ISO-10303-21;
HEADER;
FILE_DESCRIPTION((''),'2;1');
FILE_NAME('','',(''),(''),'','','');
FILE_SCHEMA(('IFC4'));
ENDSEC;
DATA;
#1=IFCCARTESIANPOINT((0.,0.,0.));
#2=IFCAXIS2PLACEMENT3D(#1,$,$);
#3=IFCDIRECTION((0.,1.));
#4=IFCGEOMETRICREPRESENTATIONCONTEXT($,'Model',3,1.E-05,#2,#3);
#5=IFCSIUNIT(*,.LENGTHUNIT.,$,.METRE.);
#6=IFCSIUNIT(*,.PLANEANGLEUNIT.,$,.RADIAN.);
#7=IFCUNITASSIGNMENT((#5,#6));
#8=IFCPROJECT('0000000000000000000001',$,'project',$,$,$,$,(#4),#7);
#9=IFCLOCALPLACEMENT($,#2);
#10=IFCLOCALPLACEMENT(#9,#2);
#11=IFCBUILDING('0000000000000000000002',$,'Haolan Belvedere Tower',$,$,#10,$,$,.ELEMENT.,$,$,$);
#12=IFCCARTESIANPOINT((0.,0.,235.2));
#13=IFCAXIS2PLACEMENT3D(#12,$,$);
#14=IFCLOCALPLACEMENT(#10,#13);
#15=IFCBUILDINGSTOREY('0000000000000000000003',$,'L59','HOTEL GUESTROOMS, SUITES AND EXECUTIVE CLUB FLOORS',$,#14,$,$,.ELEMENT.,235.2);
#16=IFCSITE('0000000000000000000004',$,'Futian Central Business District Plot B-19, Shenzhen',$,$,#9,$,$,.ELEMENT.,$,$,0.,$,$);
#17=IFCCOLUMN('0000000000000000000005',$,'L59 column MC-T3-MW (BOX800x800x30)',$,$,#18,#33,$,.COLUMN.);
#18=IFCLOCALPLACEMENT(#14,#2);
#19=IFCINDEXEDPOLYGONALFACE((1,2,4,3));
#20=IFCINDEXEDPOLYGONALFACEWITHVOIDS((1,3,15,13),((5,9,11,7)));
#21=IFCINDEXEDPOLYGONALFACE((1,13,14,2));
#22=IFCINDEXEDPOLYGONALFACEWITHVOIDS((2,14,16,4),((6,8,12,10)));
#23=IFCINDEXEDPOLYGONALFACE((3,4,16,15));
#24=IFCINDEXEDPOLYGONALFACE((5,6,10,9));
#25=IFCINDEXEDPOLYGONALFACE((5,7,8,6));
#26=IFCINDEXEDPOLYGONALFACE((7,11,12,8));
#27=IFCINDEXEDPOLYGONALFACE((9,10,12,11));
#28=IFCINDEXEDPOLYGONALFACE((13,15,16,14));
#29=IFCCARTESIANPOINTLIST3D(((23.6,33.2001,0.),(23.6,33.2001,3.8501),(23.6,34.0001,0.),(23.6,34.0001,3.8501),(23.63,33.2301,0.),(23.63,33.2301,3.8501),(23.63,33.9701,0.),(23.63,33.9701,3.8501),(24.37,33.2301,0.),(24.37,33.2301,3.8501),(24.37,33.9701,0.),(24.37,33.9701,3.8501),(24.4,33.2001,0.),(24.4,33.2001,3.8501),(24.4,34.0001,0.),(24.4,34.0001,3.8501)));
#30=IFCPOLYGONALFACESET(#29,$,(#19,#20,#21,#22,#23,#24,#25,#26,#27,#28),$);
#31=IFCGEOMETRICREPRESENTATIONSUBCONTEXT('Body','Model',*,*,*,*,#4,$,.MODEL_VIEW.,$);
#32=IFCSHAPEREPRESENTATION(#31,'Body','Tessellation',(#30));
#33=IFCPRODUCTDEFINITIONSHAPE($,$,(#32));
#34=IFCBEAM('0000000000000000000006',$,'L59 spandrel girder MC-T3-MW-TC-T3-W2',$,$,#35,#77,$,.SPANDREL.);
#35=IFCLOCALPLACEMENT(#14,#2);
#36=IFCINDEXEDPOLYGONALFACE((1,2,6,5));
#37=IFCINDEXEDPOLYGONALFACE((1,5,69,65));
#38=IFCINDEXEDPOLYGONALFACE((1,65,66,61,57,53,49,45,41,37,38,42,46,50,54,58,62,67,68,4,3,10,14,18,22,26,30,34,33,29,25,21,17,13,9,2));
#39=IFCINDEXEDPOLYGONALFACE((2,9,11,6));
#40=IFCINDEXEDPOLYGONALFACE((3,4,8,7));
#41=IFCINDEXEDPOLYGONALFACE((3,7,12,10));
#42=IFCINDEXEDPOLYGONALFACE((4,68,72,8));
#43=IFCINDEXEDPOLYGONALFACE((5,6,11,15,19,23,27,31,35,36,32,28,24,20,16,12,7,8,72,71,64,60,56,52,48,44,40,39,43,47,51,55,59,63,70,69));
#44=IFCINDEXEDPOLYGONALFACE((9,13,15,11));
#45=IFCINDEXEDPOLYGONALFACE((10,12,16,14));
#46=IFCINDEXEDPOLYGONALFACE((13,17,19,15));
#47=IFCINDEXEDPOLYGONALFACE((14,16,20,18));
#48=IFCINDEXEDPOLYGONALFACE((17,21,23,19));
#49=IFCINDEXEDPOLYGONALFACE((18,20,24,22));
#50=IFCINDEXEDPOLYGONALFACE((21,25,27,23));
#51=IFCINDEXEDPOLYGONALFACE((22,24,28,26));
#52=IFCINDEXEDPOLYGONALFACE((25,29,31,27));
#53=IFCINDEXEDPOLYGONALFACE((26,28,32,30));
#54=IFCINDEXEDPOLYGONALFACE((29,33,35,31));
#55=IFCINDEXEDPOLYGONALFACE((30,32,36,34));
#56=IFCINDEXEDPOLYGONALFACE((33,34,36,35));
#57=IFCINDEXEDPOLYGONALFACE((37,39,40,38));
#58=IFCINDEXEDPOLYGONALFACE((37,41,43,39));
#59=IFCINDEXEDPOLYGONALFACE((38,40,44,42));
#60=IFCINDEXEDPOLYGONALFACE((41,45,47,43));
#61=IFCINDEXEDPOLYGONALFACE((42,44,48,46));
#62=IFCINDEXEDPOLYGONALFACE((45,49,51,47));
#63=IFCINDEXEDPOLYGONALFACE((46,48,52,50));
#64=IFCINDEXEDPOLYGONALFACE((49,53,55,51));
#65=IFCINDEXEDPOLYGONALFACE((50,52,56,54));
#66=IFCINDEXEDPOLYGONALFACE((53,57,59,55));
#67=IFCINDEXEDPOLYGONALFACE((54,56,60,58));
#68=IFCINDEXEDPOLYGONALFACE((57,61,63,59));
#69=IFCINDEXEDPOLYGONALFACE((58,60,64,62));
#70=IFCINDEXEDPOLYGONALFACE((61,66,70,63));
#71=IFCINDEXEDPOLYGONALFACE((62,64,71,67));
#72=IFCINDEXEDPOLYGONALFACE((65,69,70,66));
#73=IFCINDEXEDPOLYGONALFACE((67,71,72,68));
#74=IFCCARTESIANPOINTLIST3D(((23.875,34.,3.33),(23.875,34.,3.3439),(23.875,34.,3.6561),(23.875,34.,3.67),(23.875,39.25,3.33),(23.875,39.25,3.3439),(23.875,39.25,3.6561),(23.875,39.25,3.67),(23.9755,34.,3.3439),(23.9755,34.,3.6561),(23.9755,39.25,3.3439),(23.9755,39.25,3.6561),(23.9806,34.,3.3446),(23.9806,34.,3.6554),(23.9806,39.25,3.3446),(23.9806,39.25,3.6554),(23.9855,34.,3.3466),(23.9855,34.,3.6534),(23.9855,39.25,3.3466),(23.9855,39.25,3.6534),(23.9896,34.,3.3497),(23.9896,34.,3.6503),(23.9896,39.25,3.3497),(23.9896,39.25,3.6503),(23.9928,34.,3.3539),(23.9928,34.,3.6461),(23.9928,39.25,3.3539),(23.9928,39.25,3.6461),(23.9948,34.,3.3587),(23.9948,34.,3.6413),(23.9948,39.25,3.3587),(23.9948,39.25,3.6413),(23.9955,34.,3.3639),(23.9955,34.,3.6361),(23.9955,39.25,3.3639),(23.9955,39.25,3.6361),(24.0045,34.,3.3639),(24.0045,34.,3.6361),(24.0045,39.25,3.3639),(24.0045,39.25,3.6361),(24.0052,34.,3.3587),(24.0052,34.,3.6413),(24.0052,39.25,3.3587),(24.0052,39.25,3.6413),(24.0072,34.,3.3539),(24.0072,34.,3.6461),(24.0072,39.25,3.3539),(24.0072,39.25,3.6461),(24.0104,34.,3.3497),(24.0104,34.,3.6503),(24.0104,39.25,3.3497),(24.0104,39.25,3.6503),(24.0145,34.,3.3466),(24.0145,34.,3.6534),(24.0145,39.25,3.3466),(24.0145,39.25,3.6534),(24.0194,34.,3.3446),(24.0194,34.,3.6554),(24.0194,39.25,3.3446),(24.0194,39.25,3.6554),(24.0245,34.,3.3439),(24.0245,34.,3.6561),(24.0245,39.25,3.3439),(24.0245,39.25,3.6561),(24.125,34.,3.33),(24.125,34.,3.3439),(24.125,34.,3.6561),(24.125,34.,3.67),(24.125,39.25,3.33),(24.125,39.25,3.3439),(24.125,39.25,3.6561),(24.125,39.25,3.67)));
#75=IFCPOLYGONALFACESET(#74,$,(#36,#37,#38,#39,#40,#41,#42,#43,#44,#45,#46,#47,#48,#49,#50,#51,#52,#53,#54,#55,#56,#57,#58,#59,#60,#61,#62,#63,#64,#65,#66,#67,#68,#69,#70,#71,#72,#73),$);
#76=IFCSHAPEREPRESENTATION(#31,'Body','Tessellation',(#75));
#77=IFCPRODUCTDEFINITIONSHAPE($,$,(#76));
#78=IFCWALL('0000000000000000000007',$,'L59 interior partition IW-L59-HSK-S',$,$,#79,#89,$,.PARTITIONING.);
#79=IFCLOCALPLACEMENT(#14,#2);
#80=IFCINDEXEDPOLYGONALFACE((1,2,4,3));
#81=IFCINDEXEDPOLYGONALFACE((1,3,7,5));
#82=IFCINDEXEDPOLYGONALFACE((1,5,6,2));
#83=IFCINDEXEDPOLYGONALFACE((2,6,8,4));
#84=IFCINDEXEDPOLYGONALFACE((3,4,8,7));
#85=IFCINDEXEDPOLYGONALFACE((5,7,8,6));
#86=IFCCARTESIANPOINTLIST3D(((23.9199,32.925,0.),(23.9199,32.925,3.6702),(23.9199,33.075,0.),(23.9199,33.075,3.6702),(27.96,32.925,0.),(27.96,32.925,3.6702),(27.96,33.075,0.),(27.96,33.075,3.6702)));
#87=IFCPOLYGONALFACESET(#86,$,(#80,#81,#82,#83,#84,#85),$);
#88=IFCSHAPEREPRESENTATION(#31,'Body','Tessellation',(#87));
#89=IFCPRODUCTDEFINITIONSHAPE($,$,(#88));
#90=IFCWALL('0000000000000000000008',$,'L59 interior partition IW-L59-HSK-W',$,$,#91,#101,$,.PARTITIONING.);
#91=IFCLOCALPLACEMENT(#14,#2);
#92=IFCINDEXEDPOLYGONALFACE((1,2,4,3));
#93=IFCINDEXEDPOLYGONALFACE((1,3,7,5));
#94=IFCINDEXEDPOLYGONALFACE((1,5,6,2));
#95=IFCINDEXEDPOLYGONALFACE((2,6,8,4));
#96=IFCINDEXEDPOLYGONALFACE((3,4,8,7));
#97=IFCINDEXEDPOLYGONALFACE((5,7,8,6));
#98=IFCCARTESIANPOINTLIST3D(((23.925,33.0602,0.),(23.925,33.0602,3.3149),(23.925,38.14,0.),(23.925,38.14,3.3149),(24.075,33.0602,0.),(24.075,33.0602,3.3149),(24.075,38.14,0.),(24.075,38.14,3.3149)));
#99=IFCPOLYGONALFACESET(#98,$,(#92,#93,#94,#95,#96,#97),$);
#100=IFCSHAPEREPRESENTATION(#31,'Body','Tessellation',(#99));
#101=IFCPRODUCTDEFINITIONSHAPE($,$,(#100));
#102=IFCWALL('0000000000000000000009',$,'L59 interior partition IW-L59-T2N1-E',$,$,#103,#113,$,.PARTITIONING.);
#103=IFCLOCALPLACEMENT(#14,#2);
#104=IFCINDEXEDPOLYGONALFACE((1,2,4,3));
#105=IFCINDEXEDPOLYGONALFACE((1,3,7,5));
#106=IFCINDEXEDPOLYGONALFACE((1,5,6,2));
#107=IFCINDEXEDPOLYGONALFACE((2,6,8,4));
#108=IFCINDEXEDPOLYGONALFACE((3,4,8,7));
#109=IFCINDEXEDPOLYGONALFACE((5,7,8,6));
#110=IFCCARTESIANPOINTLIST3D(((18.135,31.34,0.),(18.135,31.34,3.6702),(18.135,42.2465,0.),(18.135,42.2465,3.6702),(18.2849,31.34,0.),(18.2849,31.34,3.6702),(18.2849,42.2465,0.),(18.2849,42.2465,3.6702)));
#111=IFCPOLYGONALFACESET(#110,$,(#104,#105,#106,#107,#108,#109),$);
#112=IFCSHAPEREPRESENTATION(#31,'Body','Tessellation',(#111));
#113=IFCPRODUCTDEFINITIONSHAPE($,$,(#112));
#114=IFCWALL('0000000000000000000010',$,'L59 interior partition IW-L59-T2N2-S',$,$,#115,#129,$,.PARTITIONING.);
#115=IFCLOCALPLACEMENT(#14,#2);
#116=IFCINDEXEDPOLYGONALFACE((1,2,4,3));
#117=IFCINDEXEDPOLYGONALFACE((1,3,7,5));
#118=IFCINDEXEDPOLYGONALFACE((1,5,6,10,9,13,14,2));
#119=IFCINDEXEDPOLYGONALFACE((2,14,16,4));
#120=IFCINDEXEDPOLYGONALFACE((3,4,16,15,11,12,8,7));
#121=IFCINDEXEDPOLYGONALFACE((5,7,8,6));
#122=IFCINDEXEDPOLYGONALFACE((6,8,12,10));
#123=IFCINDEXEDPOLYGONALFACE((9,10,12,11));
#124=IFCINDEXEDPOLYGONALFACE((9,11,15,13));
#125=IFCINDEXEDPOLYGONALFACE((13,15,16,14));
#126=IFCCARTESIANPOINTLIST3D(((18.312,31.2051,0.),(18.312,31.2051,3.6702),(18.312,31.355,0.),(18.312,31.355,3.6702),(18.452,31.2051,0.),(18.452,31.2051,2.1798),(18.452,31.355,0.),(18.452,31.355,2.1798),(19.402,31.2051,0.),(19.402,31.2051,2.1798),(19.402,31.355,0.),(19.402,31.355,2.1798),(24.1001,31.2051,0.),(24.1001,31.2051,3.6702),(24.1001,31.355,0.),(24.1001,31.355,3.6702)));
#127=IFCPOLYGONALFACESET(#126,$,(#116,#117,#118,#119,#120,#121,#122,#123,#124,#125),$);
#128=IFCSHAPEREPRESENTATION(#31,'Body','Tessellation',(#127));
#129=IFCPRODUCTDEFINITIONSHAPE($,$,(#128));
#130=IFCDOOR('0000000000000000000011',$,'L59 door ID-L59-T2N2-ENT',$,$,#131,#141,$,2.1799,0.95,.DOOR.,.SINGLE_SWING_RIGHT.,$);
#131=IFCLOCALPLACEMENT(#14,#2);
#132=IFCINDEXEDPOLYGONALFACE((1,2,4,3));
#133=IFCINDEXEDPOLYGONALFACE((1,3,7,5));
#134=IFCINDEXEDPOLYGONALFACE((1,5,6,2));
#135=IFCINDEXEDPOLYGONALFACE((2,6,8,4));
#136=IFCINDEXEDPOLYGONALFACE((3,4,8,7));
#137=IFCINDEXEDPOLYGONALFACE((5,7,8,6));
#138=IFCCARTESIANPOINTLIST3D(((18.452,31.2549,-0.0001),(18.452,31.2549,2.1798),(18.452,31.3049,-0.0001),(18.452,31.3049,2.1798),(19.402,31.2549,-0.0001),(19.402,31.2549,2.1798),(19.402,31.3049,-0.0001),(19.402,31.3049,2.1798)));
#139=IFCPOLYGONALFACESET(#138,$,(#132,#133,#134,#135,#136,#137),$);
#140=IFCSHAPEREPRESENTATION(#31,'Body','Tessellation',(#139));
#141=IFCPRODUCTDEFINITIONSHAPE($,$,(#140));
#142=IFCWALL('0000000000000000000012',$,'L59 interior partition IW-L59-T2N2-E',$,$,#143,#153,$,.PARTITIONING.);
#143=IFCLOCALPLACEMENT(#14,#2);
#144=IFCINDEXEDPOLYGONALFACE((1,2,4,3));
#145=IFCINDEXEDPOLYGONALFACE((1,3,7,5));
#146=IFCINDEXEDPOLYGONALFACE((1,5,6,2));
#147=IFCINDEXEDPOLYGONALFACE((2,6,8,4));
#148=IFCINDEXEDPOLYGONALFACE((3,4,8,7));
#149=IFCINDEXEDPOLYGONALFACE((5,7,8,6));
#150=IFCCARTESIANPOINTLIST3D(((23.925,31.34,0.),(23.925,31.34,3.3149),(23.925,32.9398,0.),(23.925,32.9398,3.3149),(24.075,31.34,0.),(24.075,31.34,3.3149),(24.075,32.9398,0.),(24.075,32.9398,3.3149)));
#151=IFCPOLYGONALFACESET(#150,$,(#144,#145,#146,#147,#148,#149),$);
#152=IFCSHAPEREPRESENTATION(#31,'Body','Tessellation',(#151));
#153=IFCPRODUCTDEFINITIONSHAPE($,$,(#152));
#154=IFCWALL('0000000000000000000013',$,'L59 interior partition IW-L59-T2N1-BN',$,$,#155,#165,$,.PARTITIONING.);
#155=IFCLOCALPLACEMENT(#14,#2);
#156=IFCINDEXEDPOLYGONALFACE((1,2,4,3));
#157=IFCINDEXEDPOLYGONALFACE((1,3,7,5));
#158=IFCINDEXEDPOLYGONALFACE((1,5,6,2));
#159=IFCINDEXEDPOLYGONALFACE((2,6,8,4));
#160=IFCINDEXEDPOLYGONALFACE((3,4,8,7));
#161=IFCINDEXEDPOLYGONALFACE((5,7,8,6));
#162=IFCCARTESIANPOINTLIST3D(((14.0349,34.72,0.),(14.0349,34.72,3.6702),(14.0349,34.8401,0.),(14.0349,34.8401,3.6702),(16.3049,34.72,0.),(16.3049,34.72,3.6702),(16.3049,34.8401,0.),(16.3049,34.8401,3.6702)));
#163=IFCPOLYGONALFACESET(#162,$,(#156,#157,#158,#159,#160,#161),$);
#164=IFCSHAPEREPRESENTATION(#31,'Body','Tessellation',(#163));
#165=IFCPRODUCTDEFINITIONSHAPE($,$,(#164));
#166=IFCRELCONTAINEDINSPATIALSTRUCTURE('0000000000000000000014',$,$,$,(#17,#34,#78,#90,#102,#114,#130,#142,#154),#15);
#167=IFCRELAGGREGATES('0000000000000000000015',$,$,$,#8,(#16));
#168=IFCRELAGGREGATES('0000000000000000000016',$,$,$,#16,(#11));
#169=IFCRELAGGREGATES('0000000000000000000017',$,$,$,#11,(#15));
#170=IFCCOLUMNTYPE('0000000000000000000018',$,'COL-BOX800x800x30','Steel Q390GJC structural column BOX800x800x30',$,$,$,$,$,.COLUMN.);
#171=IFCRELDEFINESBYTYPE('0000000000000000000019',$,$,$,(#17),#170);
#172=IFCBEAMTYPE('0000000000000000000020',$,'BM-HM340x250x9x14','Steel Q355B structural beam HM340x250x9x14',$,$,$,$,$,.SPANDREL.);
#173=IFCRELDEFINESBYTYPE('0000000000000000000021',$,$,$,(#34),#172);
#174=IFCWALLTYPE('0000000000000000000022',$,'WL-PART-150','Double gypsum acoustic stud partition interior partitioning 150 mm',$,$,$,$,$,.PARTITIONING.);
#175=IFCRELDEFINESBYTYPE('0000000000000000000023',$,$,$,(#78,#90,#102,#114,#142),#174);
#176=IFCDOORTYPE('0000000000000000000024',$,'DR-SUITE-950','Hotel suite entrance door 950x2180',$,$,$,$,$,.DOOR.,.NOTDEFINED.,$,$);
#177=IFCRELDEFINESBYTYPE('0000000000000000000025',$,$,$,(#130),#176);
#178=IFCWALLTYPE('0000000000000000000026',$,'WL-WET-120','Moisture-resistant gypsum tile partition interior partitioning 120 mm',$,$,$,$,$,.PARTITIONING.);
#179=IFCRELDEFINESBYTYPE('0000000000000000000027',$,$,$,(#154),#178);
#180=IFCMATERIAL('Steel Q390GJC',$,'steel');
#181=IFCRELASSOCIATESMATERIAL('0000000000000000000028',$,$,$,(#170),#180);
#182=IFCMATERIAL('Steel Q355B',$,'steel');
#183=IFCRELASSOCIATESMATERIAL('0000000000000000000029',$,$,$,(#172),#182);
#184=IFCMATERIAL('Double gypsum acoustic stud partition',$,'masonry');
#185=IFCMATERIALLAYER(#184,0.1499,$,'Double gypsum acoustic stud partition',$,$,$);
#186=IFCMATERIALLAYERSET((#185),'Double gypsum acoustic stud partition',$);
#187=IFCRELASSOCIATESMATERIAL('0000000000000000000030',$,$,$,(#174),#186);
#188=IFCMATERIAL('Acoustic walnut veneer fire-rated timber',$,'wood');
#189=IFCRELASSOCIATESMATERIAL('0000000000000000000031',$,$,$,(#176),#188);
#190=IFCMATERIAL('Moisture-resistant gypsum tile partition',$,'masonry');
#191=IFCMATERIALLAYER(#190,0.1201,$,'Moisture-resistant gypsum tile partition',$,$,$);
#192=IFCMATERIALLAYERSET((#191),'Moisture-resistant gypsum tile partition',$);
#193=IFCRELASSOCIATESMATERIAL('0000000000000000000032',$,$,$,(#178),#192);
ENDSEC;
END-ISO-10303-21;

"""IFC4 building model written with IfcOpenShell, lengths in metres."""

from ifc_helpers import new_model, si_unit, direction, frame, frame_2d, origin, origin_2d, place, context, subcontext, project, spatial, rectangle, hollow_rectangle, i_section, extrude, material, layer, layer_set, material_profile, profile_set, type_object, element, fill, save


model = new_model("IFC4")

# Units and contexts
model_context = context("Model", 3, precision=1e-05, world=origin(), true_north=direction((0.0, 1.0)))
body_context = subcontext(model_context, "Body", "Model", "MODEL_VIEW")
ifc_project = project(units=[si_unit("LENGTHUNIT", "METRE"), si_unit("PLANEANGLEUNIT", "RADIAN")], contexts=[model_context])

# Site, building, storey
site_placement = place(None, origin())
site = spatial("IfcSite", under=ifc_project, at=site_placement, Name="Futian Central Business District Plot B-19, Shenzhen", CompositionType="ELEMENT", RefElevation=0.0)
building_placement = place(site_placement, origin())
building = spatial("IfcBuilding", under=site, at=building_placement, Name="Haolan Belvedere Tower", CompositionType="ELEMENT")
storey_placement = place(building_placement, frame((0.0, 0.0, 235.2)))
storey = spatial("IfcBuildingStorey", under=building, at=storey_placement, Name="L59", Description="HOTEL GUESTROOMS, SUITES AND EXECUTIVE CLUB FLOORS", CompositionType="ELEMENT", Elevation=235.2)

# Column
ifc_material_1 = material(Name="Steel Q390GJC", Category="steel")
ifc_material_profile_1 = material_profile(ifc_material_1, hollow_rectangle(XDim=0.8, YDim=0.8, WallThickness=0.03, at=origin_2d()), Name="Steel Q390GJC")
ifc_profile_set_1 = profile_set([ifc_material_profile_1], Name="Steel Q390GJC")
column_type = type_object("IfcColumnType", Name="COL-BOX800x800x30", Description="Steel Q390GJC structural column BOX800x800x30", PredefinedType="COLUMN", material=ifc_profile_set_1)
column_placement = place(storey_placement, frame((24.0, 33.6001, 0.0), z_axis=(0.0, 0.0, 1.0), x_axis=(1.0, 0.0, 0.0)))
element("IfcColumn", 1, at=column_placement, inside=storey, type_object=column_type, Name="L59 column MC-T3-MW (BOX800x800x30)", PredefinedType="COLUMN", context=body_context, shape_type="SweptSolid", body=[
    extrude(hollow_rectangle(XDim=0.8, YDim=0.8, WallThickness=0.03, at=origin_2d()), origin(), (0.0, 0.0, 1.0), 3.8501),
])

# Beam
ifc_material_2 = material(Name="Steel Q355B", Category="steel")
ifc_material_profile_2 = material_profile(ifc_material_2, i_section(OverallWidth=0.25, OverallDepth=0.3401, WebThickness=0.009, FlangeThickness=0.0139, FilletRadius=0.02, at=origin_2d()), Name="Steel Q355B")
ifc_profile_set_2 = profile_set([ifc_material_profile_2], Name="Steel Q355B")
beam_type = type_object("IfcBeamType", Name="BM-HM340x250x9x14", Description="Steel Q355B structural beam HM340x250x9x14", PredefinedType="SPANDREL", material=ifc_profile_set_2)
beam_placement = place(storey_placement, frame((24.0, 34.0, 3.5), z_axis=(0.0, 1.0, 0.0), x_axis=(-1.0, 0.0, 0.0)))
element("IfcBeam", 2, at=beam_placement, inside=storey, type_object=beam_type, Name="L59 spandrel girder MC-T3-MW-TC-T3-W2", PredefinedType="SPANDREL", context=body_context, shape_type="SweptSolid", body=[
    extrude(i_section(OverallWidth=0.25, OverallDepth=0.3401, WebThickness=0.009, FlangeThickness=0.0139, FilletRadius=0.02, at=origin_2d()), origin(), (0.0, 0.0, 1.0), 5.25),
])

# Walls
ifc_material_3 = material(Name="Double gypsum acoustic stud partition", Category="masonry")
ifc_layer_1 = layer(ifc_material_3, 0.1499, Name="Double gypsum acoustic stud partition")
ifc_layer_set_1 = layer_set([ifc_layer_1], Name="Double gypsum acoustic stud partition")
wall_type_1 = type_object("IfcWallType", Name="WL-PART-150", Description="Double gypsum acoustic stud partition interior partitioning 150 mm", PredefinedType="PARTITIONING", material=ifc_layer_set_1)
wall_1_placement = place(storey_placement, frame((23.9199, 33.0, 0.0), z_axis=(0.0, 0.0, 1.0), x_axis=(1.0, 0.0, 0.0)))
element("IfcWall", 3, at=wall_1_placement, inside=storey, type_object=wall_type_1, Name="L59 interior partition IW-L59-HSK-S", PredefinedType="PARTITIONING", context=body_context, shape_type="SweptSolid", body=[
    extrude(rectangle(XDim=4.04, YDim=0.1499, at=frame_2d((2.02, 0.0))), origin(), (0.0, 0.0, 1.0), 3.6702),
])
wall_2_placement = place(storey_placement, frame((24.0, 33.0601, 0.0), z_axis=(0.0, 0.0, 1.0), x_axis=(0.0, 1.0, 0.0)))
element("IfcWall", 4, at=wall_2_placement, inside=storey, type_object=wall_type_1, Name="L59 interior partition IW-L59-HSK-W", PredefinedType="PARTITIONING", context=body_context, shape_type="SweptSolid", body=[
    extrude(rectangle(XDim=5.0798, YDim=0.1499, at=frame_2d((2.54, 0.0))), origin(), (0.0, 0.0, 1.0), 3.3149),
])
wall_3_placement = place(storey_placement, frame((18.21, 31.3401, 0.0), z_axis=(0.0, 0.0, 1.0), x_axis=(0.0, 1.0, 0.0)))
element("IfcWall", 5, at=wall_3_placement, inside=storey, type_object=wall_type_1, Name="L59 interior partition IW-L59-T2N1-E", PredefinedType="PARTITIONING", context=body_context, shape_type="SweptSolid", body=[
    extrude(rectangle(XDim=10.9065, YDim=0.1499, at=frame_2d((5.4531, 0.0))), origin(), (0.0, 0.0, 1.0), 3.6702),
])

# Wall, opening, door
wall_4_placement = place(storey_placement, frame((18.312, 31.28, 0.0), z_axis=(0.0, 0.0, 1.0), x_axis=(1.0, 0.0, 0.0)))
wall_4 = element("IfcWall", 6, at=wall_4_placement, inside=storey, type_object=wall_type_1, Name="L59 interior partition IW-L59-T2N2-S", PredefinedType="PARTITIONING", context=body_context, shape_type="SweptSolid", body=[
    extrude(rectangle(XDim=5.7881, YDim=0.1499, at=frame_2d((2.894, 0.0))), origin(), (0.0, 0.0, 1.0), 3.6702),
])
opening_1_placement = place(wall_4_placement, frame((0.1399, 0.0, 0.0)))
opening_1 = element("IfcOpeningElement", 7, at=opening_1_placement, cuts=wall_4, PredefinedType="OPENING", context=body_context, shape_type="SweptSolid", body=[
    extrude(rectangle(XDim=0.95, YDim=2.1799, at=frame_2d((0.4751, 1.0898))), frame((0.0, 0.085, 0.0), z_axis=(0.0, -1.0, 0.0), x_axis=(1.0, 0.0, 0.0)), (0.0, 0.0, 1.0), 0.1699),
])
ifc_material_4 = material(Name="Acoustic walnut veneer fire-rated timber", Category="wood")
door_type_1 = type_object("IfcDoorType", Name="DR-SUITE-950", Description="Hotel suite entrance door 950x2180", OperationType="NOTDEFINED", PredefinedType="DOOR", material=ifc_material_4)
door_1_placement = place(opening_1_placement, origin())
door_1 = element("IfcDoor", 8, at=door_1_placement, inside=storey, type_object=door_type_1, Name="L59 door ID-L59-T2N2-ENT", OperationType="SINGLE_SWING_RIGHT", OverallHeight=2.1799, OverallWidth=0.95, PredefinedType="DOOR", context=body_context, shape_type="SweptSolid", body=[
    extrude(rectangle(XDim=0.95, YDim=2.1799, at=frame_2d((0.4751, 1.0898))), frame((0.0, 0.0249, 0.0), z_axis=(0.0, -1.0, 0.0), x_axis=(1.0, 0.0, 0.0)), (0.0, 0.0, 1.0), 0.05),
])
fill(opening_1, door_1)

# Walls
wall_5_placement = place(storey_placement, frame((24.0, 31.3401, 0.0), z_axis=(0.0, 0.0, 1.0), x_axis=(0.0, 1.0, 0.0)))
element("IfcWall", 9, at=wall_5_placement, inside=storey, type_object=wall_type_1, Name="L59 interior partition IW-L59-T2N2-E", PredefinedType="PARTITIONING", context=body_context, shape_type="SweptSolid", body=[
    extrude(rectangle(XDim=1.5999, YDim=0.1499, at=frame_2d((0.7998, 0.0))), origin(), (0.0, 0.0, 1.0), 3.3149),
])
ifc_material_5 = material(Name="Moisture-resistant gypsum tile partition", Category="masonry")
ifc_layer_2 = layer(ifc_material_5, 0.1201, Name="Moisture-resistant gypsum tile partition")
ifc_layer_set_2 = layer_set([ifc_layer_2], Name="Moisture-resistant gypsum tile partition")
wall_type_2 = type_object("IfcWallType", Name="WL-WET-120", Description="Moisture-resistant gypsum tile partition interior partitioning 120 mm", PredefinedType="PARTITIONING", material=ifc_layer_set_2)
wall_6_placement = place(storey_placement, frame((14.0349, 34.78, 0.0), z_axis=(0.0, 0.0, 1.0), x_axis=(1.0, 0.0, 0.0)))
element("IfcWall", 10, at=wall_6_placement, inside=storey, type_object=wall_type_2, Name="L59 interior partition IW-L59-T2N1-BN", PredefinedType="PARTITIONING", context=body_context, shape_type="SweptSolid", body=[
    extrude(rectangle(XDim=2.27, YDim=0.1201, at=frame_2d((1.135, 0.0))), origin(), (0.0, 0.0, 1.0), 3.6702),
])

save(model, "model.ifc")
